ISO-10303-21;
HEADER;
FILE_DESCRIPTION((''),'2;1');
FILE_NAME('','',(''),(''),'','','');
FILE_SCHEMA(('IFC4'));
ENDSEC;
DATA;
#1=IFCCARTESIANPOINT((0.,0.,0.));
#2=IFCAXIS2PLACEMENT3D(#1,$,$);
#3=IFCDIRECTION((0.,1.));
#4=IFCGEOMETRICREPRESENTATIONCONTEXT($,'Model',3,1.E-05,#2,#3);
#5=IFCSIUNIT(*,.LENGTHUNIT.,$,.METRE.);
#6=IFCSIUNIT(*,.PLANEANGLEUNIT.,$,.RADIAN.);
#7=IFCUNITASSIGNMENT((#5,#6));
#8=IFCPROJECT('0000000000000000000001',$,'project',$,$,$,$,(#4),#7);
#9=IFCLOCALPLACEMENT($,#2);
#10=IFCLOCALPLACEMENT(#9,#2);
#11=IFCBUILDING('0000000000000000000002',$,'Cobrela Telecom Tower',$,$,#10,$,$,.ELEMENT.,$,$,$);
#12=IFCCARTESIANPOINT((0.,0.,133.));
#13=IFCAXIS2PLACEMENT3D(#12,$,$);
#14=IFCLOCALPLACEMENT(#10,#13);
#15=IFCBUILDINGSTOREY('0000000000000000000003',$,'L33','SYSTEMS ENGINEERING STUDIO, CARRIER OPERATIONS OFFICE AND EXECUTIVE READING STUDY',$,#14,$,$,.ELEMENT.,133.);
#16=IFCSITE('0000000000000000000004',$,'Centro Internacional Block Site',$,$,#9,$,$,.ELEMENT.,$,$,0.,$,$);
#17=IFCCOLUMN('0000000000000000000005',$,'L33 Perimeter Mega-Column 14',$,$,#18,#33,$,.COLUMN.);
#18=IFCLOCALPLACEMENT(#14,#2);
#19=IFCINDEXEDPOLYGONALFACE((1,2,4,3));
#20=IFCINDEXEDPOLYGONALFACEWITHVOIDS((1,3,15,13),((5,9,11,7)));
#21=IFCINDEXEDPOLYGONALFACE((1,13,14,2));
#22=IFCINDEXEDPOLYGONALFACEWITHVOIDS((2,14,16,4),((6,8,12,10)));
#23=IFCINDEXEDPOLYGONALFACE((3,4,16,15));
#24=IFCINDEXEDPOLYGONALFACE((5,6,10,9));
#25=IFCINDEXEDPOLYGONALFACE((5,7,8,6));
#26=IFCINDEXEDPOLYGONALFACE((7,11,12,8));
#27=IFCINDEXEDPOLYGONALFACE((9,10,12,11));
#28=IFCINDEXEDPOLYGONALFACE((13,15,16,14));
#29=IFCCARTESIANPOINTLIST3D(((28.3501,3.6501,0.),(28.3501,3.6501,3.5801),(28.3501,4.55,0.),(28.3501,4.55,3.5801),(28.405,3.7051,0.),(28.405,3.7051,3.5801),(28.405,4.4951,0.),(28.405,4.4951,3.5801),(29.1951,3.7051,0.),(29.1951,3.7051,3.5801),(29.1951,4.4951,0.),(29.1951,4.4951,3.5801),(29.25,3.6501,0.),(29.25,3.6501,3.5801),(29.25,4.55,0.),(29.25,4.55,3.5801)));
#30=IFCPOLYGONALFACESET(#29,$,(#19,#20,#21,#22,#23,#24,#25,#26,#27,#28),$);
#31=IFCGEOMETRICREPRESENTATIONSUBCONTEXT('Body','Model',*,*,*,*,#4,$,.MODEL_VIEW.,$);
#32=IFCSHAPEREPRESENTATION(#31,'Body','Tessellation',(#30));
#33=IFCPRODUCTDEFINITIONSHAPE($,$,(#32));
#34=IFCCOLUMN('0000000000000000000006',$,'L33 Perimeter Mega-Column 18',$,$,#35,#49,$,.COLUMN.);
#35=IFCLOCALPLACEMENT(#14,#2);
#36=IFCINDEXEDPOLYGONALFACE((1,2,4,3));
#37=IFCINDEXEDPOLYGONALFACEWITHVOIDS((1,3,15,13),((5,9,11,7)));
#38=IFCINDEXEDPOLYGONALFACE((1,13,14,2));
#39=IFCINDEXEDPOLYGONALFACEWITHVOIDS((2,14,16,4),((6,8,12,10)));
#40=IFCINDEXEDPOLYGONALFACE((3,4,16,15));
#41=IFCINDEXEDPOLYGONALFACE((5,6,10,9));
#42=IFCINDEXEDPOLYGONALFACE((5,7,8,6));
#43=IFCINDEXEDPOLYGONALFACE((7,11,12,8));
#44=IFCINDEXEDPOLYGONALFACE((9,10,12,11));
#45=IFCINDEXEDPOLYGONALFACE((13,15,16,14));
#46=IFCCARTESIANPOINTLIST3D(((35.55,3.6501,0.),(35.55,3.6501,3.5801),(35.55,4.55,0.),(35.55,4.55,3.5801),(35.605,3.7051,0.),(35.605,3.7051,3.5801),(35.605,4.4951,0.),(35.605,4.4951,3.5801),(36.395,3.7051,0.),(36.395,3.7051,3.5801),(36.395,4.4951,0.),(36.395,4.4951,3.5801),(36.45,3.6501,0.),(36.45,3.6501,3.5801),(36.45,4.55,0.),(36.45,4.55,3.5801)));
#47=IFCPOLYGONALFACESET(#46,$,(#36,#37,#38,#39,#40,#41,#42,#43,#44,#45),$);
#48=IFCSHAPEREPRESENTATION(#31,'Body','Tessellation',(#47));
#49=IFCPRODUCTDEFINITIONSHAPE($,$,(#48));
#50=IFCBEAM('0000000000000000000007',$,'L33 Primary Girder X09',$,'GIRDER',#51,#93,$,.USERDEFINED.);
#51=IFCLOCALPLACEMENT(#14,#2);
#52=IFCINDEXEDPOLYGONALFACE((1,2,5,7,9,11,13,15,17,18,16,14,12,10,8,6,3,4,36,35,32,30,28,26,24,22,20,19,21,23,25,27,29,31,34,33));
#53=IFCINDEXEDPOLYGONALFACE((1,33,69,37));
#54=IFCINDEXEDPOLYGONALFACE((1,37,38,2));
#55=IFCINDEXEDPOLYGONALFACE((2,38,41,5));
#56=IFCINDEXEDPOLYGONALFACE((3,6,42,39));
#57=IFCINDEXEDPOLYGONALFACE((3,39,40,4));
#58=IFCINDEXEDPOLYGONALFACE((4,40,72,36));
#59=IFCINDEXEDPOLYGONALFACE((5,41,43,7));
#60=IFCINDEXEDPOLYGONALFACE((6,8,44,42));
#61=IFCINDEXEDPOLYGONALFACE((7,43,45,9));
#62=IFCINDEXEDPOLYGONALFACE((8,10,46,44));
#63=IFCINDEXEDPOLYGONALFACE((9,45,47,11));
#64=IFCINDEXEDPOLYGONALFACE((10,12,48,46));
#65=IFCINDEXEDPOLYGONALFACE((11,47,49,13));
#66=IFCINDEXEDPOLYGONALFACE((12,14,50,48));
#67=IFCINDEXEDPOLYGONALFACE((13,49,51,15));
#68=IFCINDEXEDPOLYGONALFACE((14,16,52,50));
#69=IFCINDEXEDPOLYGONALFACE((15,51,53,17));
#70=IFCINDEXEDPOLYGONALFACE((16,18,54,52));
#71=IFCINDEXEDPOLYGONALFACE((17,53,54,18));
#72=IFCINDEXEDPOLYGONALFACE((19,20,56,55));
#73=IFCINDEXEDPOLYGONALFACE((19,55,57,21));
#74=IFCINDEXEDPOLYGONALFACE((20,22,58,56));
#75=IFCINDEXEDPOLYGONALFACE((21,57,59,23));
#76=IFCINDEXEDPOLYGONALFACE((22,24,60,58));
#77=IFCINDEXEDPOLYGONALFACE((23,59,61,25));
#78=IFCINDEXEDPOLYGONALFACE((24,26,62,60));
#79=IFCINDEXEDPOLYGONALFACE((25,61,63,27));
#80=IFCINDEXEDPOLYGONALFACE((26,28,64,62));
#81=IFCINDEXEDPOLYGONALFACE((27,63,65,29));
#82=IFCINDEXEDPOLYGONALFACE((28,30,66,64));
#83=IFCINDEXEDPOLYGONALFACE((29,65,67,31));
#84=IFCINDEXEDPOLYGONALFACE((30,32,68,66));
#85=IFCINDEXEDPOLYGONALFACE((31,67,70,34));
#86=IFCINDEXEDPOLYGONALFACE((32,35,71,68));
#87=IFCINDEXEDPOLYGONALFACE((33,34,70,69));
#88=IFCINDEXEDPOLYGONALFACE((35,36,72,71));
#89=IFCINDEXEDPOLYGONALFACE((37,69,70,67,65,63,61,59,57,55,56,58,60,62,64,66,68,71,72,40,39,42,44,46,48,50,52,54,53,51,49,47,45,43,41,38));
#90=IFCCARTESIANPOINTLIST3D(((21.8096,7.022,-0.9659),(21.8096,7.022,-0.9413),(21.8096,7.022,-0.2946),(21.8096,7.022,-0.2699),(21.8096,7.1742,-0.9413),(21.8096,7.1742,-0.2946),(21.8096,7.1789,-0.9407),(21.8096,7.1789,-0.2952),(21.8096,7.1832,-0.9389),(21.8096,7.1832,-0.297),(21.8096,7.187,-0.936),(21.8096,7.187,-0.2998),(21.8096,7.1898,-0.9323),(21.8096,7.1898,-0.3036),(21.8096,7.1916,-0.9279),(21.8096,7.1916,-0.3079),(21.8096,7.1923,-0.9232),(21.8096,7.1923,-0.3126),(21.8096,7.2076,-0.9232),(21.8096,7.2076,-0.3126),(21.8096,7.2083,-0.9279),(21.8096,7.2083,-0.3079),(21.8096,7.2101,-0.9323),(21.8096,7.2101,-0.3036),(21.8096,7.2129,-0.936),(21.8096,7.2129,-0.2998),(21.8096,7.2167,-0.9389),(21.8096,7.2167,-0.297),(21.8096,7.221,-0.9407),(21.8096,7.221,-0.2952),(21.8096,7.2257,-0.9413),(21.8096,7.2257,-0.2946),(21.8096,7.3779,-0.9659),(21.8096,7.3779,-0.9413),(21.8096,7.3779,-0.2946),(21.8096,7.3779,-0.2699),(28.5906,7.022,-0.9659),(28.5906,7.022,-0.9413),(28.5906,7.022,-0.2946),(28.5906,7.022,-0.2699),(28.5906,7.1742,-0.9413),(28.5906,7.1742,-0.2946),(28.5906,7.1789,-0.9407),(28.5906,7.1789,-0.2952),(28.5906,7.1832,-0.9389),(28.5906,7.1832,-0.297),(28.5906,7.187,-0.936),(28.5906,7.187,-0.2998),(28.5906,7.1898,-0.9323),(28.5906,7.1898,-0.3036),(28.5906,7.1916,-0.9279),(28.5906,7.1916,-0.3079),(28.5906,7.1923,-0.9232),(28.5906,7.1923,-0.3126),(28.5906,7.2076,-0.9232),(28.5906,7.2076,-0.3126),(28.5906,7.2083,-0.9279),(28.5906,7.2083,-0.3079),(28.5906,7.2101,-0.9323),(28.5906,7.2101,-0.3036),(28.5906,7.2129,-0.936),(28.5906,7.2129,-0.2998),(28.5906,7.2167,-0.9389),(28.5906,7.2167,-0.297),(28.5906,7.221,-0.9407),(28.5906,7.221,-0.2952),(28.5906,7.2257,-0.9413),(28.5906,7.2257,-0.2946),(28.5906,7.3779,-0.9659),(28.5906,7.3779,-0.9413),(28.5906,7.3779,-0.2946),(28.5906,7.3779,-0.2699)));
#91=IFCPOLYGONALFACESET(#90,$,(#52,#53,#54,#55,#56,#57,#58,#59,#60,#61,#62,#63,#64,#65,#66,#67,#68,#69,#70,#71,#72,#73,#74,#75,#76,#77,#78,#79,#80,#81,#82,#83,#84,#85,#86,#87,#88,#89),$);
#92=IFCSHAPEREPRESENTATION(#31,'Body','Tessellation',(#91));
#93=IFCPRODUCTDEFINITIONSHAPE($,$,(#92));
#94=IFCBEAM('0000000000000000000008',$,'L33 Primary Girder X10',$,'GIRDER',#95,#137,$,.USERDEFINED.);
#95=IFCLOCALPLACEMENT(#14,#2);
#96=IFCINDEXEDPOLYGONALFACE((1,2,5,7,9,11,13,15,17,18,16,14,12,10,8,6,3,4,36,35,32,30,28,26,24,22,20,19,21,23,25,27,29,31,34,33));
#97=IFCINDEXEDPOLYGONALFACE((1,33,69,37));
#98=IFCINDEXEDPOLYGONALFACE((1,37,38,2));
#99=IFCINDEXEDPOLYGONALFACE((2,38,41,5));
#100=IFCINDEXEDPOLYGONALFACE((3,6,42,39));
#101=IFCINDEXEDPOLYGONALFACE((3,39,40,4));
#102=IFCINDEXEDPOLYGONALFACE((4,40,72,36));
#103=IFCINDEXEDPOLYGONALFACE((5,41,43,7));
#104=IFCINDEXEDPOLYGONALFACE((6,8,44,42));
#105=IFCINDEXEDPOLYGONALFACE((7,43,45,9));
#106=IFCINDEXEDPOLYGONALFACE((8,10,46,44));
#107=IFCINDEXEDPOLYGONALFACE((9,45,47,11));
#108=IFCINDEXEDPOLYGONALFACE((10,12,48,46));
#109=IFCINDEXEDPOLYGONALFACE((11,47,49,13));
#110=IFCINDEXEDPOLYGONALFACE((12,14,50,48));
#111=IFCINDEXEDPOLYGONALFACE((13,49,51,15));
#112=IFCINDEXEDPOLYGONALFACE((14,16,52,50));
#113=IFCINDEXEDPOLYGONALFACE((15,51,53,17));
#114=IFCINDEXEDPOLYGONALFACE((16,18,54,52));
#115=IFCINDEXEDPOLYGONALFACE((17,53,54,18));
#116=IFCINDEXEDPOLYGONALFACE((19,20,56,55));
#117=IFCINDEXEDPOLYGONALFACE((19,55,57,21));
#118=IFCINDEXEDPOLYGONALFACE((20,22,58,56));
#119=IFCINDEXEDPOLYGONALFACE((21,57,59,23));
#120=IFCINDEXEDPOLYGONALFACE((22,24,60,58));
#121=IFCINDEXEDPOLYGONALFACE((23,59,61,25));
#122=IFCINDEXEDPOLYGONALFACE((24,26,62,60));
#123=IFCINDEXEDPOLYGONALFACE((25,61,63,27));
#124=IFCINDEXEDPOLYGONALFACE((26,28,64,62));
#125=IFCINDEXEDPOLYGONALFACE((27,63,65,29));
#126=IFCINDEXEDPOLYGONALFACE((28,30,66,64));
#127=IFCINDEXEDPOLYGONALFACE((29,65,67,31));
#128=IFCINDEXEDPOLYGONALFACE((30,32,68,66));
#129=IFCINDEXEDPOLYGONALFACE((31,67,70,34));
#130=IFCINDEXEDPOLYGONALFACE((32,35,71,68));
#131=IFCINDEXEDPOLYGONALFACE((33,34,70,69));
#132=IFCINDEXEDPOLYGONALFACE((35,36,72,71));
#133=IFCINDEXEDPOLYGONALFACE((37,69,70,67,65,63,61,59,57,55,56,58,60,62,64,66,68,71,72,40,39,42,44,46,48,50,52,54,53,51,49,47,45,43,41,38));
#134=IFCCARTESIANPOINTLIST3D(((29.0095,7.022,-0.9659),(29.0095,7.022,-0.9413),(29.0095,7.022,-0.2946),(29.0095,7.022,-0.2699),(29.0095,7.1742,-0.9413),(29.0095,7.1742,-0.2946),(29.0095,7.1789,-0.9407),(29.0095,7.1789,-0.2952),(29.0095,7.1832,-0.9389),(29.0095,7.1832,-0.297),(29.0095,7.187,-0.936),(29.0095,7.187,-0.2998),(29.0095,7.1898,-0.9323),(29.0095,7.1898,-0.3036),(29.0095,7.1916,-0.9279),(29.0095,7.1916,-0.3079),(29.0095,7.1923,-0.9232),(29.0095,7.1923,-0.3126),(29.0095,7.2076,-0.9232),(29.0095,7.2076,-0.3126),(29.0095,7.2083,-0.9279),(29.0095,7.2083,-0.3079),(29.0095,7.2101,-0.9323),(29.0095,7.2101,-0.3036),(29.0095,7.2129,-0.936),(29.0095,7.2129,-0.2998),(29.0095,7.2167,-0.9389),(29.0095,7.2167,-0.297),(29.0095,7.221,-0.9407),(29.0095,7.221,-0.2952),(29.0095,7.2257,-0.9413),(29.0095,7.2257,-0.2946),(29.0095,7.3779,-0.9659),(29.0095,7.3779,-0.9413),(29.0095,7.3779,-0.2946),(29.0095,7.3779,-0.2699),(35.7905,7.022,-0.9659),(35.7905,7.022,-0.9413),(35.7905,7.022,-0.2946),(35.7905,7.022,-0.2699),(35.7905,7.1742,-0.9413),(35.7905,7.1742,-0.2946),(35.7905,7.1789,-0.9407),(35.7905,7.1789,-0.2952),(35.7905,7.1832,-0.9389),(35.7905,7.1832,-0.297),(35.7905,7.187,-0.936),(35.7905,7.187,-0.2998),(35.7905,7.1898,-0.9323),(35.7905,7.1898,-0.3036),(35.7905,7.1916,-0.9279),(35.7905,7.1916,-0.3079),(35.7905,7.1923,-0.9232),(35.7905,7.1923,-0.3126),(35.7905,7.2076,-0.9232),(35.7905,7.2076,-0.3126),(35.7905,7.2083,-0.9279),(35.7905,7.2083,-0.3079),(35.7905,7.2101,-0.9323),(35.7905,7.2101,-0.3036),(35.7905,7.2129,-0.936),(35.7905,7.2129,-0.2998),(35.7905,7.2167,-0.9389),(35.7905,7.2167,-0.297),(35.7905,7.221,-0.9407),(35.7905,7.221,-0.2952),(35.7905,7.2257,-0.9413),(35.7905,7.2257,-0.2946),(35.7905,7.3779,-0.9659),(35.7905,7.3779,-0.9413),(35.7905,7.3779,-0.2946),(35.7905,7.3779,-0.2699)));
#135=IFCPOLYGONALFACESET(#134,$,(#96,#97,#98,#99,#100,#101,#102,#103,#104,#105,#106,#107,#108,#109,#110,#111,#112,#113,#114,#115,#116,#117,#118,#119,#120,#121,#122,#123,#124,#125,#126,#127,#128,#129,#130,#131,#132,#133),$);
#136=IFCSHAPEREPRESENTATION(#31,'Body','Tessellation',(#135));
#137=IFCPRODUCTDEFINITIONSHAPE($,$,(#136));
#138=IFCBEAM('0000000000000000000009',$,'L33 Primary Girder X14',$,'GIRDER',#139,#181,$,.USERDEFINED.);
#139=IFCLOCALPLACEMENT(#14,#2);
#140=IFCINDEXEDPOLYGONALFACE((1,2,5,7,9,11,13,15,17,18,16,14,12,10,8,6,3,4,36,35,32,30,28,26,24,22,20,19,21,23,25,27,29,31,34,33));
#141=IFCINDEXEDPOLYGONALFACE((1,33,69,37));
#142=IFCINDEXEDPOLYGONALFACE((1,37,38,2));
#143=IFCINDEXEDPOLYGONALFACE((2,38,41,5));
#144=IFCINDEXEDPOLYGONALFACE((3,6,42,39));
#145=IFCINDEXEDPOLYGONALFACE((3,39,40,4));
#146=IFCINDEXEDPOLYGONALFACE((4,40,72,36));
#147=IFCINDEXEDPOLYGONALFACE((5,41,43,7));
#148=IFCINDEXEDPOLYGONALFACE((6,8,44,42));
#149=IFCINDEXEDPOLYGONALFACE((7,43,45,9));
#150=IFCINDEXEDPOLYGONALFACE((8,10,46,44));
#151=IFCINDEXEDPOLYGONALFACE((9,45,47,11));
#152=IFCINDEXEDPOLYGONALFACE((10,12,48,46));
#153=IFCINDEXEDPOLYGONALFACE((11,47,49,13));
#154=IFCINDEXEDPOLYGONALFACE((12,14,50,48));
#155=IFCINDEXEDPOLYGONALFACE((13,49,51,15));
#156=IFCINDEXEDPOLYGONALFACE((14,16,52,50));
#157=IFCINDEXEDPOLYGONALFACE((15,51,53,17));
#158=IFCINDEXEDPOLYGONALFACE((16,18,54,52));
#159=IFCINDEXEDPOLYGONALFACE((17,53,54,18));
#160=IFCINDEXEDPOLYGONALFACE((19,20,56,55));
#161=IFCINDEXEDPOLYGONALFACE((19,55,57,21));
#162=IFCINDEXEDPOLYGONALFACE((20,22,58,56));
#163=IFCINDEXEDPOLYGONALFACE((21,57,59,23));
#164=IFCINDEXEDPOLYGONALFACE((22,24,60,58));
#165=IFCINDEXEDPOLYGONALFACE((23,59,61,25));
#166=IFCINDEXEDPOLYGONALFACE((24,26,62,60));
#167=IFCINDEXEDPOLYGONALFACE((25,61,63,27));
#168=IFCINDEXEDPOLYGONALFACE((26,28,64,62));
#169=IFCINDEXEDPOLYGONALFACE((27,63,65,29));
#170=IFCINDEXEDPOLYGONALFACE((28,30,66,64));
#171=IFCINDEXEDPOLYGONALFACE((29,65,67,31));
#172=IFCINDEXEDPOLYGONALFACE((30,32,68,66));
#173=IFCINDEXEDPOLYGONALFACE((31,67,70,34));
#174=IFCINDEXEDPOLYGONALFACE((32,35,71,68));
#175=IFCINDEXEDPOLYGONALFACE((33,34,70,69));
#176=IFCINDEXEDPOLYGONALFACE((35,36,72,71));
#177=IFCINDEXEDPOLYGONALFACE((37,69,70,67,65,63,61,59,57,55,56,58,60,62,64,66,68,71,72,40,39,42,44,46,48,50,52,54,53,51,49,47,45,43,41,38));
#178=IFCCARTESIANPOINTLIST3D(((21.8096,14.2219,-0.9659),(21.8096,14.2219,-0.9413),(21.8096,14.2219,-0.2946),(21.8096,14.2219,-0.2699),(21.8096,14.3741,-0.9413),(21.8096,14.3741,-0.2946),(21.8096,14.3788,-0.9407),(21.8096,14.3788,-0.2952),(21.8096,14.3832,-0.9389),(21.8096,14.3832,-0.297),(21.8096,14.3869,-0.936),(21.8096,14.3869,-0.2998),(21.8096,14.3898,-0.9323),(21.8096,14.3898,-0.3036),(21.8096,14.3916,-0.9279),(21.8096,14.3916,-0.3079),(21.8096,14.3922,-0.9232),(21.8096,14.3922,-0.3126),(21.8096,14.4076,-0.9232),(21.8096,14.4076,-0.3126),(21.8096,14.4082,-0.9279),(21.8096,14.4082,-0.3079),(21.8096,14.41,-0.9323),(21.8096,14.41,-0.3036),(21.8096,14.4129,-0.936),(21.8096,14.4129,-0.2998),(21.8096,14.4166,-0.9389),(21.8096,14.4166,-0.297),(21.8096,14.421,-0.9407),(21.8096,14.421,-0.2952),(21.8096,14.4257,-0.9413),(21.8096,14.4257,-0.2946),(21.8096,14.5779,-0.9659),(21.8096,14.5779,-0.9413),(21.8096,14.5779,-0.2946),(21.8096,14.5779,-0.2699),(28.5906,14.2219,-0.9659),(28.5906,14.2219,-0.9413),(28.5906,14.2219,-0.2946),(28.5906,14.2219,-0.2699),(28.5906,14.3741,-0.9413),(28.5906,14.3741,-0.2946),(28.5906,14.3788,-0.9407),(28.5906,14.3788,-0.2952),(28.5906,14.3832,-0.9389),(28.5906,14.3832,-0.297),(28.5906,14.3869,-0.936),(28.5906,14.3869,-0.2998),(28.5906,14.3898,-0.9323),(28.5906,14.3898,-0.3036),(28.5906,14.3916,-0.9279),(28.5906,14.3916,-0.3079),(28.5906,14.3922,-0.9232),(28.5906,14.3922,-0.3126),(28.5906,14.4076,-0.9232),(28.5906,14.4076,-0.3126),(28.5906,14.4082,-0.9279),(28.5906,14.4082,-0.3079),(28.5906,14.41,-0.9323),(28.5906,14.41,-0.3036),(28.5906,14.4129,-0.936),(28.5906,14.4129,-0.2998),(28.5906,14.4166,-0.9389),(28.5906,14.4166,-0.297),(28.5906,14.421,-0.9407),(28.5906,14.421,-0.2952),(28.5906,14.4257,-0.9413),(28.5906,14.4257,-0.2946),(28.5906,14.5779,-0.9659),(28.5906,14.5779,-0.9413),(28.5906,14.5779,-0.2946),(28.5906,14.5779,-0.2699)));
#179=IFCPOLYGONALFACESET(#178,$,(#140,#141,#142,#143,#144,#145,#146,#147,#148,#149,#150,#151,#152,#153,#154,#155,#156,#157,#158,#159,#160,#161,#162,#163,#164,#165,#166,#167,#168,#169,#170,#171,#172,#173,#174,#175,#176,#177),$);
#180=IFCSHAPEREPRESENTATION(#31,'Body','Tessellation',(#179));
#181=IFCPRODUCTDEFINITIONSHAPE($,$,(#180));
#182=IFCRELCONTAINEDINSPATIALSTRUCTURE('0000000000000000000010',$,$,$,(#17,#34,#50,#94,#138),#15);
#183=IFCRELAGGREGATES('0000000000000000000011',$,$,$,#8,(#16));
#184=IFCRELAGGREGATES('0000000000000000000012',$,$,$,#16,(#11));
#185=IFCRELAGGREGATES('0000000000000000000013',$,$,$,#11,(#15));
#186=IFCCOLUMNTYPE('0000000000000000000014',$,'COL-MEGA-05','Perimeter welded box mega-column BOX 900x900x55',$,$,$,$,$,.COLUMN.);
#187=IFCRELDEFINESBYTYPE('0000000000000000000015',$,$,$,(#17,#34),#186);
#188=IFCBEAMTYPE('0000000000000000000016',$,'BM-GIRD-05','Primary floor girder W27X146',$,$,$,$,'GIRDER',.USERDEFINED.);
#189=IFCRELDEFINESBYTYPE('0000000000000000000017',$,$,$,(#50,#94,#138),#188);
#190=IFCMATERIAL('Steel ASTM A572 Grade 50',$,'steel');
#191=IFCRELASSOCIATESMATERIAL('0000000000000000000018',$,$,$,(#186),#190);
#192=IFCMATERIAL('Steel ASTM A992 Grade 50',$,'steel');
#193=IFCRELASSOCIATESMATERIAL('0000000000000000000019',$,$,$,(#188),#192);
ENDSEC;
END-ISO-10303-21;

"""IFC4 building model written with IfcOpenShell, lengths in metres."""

from ifc_helpers import new_model, si_unit, direction, frame, origin, origin_2d, place, context, subcontext, project, spatial, hollow_rectangle, i_section, extrude, material, material_profile, profile_set, type_object, element, save


model = new_model("IFC4")

# Units and contexts
model_context = context("Model", 3, precision=1e-05, world=origin(), true_north=direction((0.0, 1.0)))
body_context = subcontext(model_context, "Body", "Model", "MODEL_VIEW")
ifc_project = project(units=[si_unit("LENGTHUNIT", "METRE"), si_unit("PLANEANGLEUNIT", "RADIAN")], contexts=[model_context])

# Site, building, storey
site_placement = place(None, origin())
site = spatial("IfcSite", under=ifc_project, at=site_placement, Name="Centro Internacional Block Site", CompositionType="ELEMENT", RefElevation=0.0)
building_placement = place(site_placement, origin())
building = spatial("IfcBuilding", under=site, at=building_placement, Name="Cobrela Telecom Tower", CompositionType="ELEMENT")
storey_placement = place(building_placement, frame((0.0, 0.0, 133.0)))
storey = spatial("IfcBuildingStorey", under=building, at=storey_placement, Name="L33", Description="SYSTEMS ENGINEERING STUDIO, CARRIER OPERATIONS OFFICE AND EXECUTIVE READING STUDY", CompositionType="ELEMENT", Elevation=133.0)

# Columns
ifc_material_1 = material(Name="Steel ASTM A992 Grade 50", Category="steel")
ifc_material_2 = material(Name="Steel ASTM A572 Grade 50", Category="steel")
ifc_material_profile_1 = material_profile(ifc_material_2, hollow_rectangle(XDim=0.8999, YDim=0.8999, WallThickness=0.0549, at=origin_2d()), Name="BOX 900x900x55")
ifc_profile_set_1 = profile_set([ifc_material_profile_1], Name="Steel ASTM A572 Grade 50")
column_type_1 = type_object("IfcColumnType", Name="COL-MEGA-05", Description="Perimeter welded box mega-column BOX 900x900x55", PredefinedType="COLUMN", material=ifc_profile_set_1)
for number, where, z_axis, x_axis, name in (
    (1, (28.8, 4.1001, 0.0), (0.0, 0.0, 1.0), (1.0, 0.0, 0.0), "L33 Perimeter Mega-Column 14"),
    (2, (36.0, 4.1001, 0.0), (0.0, 0.0, 1.0), (1.0, 0.0, 0.0), "L33 Perimeter Mega-Column 18"),
):
    element("IfcColumn", number, at=place(storey_placement, frame(where, z_axis=z_axis, x_axis=x_axis)), inside=storey, type_object=column_type_1, Name=name, PredefinedType="COLUMN", context=body_context, shape_type="SweptSolid", body=[
        extrude(hollow_rectangle(XDim=0.8999, YDim=0.8999, WallThickness=0.0549, at=origin_2d()), origin(), (0.0, 0.0, 1.0), 3.5801),
    ])

# Beams
ifc_material_profile_2 = material_profile(ifc_material_1, i_section(OverallWidth=0.356, OverallDepth=0.696, WebThickness=0.0154, FlangeThickness=0.0247, FilletRadius=0.0181, at=origin_2d()), Name="W27X146")
ifc_profile_set_2 = profile_set([ifc_material_profile_2], Name="Steel ASTM A992 Grade 50")
beam_type_1 = type_object("IfcBeamType", Name="BM-GIRD-05", Description="Primary floor girder W27X146", ElementType="GIRDER", PredefinedType="USERDEFINED", material=ifc_profile_set_2)
for number, where, z_axis, x_axis, name in (
    (3, (21.8096, 7.2, -0.6179), (1.0, 0.0, 0.0), (0.0, 1.0, 0.0), "L33 Primary Girder X09"),
    (4, (29.0095, 7.2, -0.6179), (1.0, 0.0, 0.0), (0.0, 1.0, 0.0), "L33 Primary Girder X10"),
    (5, (21.8096, 14.3999, -0.6179), (1.0, 0.0, 0.0), (0.0, 1.0, 0.0), "L33 Primary Girder X14"),
):
    element("IfcBeam", number, at=place(storey_placement, frame(where, z_axis=z_axis, x_axis=x_axis)), inside=storey, type_object=beam_type_1, Name=name, ObjectType="GIRDER", PredefinedType="USERDEFINED", context=body_context, shape_type="SweptSolid", body=[
        extrude(i_section(OverallWidth=0.356, OverallDepth=0.696, WebThickness=0.0154, FlangeThickness=0.0247, FilletRadius=0.0181, at=origin_2d()), origin(), (0.0, 0.0, 1.0), 6.781),
    ])

save(model, "model.ifc")
